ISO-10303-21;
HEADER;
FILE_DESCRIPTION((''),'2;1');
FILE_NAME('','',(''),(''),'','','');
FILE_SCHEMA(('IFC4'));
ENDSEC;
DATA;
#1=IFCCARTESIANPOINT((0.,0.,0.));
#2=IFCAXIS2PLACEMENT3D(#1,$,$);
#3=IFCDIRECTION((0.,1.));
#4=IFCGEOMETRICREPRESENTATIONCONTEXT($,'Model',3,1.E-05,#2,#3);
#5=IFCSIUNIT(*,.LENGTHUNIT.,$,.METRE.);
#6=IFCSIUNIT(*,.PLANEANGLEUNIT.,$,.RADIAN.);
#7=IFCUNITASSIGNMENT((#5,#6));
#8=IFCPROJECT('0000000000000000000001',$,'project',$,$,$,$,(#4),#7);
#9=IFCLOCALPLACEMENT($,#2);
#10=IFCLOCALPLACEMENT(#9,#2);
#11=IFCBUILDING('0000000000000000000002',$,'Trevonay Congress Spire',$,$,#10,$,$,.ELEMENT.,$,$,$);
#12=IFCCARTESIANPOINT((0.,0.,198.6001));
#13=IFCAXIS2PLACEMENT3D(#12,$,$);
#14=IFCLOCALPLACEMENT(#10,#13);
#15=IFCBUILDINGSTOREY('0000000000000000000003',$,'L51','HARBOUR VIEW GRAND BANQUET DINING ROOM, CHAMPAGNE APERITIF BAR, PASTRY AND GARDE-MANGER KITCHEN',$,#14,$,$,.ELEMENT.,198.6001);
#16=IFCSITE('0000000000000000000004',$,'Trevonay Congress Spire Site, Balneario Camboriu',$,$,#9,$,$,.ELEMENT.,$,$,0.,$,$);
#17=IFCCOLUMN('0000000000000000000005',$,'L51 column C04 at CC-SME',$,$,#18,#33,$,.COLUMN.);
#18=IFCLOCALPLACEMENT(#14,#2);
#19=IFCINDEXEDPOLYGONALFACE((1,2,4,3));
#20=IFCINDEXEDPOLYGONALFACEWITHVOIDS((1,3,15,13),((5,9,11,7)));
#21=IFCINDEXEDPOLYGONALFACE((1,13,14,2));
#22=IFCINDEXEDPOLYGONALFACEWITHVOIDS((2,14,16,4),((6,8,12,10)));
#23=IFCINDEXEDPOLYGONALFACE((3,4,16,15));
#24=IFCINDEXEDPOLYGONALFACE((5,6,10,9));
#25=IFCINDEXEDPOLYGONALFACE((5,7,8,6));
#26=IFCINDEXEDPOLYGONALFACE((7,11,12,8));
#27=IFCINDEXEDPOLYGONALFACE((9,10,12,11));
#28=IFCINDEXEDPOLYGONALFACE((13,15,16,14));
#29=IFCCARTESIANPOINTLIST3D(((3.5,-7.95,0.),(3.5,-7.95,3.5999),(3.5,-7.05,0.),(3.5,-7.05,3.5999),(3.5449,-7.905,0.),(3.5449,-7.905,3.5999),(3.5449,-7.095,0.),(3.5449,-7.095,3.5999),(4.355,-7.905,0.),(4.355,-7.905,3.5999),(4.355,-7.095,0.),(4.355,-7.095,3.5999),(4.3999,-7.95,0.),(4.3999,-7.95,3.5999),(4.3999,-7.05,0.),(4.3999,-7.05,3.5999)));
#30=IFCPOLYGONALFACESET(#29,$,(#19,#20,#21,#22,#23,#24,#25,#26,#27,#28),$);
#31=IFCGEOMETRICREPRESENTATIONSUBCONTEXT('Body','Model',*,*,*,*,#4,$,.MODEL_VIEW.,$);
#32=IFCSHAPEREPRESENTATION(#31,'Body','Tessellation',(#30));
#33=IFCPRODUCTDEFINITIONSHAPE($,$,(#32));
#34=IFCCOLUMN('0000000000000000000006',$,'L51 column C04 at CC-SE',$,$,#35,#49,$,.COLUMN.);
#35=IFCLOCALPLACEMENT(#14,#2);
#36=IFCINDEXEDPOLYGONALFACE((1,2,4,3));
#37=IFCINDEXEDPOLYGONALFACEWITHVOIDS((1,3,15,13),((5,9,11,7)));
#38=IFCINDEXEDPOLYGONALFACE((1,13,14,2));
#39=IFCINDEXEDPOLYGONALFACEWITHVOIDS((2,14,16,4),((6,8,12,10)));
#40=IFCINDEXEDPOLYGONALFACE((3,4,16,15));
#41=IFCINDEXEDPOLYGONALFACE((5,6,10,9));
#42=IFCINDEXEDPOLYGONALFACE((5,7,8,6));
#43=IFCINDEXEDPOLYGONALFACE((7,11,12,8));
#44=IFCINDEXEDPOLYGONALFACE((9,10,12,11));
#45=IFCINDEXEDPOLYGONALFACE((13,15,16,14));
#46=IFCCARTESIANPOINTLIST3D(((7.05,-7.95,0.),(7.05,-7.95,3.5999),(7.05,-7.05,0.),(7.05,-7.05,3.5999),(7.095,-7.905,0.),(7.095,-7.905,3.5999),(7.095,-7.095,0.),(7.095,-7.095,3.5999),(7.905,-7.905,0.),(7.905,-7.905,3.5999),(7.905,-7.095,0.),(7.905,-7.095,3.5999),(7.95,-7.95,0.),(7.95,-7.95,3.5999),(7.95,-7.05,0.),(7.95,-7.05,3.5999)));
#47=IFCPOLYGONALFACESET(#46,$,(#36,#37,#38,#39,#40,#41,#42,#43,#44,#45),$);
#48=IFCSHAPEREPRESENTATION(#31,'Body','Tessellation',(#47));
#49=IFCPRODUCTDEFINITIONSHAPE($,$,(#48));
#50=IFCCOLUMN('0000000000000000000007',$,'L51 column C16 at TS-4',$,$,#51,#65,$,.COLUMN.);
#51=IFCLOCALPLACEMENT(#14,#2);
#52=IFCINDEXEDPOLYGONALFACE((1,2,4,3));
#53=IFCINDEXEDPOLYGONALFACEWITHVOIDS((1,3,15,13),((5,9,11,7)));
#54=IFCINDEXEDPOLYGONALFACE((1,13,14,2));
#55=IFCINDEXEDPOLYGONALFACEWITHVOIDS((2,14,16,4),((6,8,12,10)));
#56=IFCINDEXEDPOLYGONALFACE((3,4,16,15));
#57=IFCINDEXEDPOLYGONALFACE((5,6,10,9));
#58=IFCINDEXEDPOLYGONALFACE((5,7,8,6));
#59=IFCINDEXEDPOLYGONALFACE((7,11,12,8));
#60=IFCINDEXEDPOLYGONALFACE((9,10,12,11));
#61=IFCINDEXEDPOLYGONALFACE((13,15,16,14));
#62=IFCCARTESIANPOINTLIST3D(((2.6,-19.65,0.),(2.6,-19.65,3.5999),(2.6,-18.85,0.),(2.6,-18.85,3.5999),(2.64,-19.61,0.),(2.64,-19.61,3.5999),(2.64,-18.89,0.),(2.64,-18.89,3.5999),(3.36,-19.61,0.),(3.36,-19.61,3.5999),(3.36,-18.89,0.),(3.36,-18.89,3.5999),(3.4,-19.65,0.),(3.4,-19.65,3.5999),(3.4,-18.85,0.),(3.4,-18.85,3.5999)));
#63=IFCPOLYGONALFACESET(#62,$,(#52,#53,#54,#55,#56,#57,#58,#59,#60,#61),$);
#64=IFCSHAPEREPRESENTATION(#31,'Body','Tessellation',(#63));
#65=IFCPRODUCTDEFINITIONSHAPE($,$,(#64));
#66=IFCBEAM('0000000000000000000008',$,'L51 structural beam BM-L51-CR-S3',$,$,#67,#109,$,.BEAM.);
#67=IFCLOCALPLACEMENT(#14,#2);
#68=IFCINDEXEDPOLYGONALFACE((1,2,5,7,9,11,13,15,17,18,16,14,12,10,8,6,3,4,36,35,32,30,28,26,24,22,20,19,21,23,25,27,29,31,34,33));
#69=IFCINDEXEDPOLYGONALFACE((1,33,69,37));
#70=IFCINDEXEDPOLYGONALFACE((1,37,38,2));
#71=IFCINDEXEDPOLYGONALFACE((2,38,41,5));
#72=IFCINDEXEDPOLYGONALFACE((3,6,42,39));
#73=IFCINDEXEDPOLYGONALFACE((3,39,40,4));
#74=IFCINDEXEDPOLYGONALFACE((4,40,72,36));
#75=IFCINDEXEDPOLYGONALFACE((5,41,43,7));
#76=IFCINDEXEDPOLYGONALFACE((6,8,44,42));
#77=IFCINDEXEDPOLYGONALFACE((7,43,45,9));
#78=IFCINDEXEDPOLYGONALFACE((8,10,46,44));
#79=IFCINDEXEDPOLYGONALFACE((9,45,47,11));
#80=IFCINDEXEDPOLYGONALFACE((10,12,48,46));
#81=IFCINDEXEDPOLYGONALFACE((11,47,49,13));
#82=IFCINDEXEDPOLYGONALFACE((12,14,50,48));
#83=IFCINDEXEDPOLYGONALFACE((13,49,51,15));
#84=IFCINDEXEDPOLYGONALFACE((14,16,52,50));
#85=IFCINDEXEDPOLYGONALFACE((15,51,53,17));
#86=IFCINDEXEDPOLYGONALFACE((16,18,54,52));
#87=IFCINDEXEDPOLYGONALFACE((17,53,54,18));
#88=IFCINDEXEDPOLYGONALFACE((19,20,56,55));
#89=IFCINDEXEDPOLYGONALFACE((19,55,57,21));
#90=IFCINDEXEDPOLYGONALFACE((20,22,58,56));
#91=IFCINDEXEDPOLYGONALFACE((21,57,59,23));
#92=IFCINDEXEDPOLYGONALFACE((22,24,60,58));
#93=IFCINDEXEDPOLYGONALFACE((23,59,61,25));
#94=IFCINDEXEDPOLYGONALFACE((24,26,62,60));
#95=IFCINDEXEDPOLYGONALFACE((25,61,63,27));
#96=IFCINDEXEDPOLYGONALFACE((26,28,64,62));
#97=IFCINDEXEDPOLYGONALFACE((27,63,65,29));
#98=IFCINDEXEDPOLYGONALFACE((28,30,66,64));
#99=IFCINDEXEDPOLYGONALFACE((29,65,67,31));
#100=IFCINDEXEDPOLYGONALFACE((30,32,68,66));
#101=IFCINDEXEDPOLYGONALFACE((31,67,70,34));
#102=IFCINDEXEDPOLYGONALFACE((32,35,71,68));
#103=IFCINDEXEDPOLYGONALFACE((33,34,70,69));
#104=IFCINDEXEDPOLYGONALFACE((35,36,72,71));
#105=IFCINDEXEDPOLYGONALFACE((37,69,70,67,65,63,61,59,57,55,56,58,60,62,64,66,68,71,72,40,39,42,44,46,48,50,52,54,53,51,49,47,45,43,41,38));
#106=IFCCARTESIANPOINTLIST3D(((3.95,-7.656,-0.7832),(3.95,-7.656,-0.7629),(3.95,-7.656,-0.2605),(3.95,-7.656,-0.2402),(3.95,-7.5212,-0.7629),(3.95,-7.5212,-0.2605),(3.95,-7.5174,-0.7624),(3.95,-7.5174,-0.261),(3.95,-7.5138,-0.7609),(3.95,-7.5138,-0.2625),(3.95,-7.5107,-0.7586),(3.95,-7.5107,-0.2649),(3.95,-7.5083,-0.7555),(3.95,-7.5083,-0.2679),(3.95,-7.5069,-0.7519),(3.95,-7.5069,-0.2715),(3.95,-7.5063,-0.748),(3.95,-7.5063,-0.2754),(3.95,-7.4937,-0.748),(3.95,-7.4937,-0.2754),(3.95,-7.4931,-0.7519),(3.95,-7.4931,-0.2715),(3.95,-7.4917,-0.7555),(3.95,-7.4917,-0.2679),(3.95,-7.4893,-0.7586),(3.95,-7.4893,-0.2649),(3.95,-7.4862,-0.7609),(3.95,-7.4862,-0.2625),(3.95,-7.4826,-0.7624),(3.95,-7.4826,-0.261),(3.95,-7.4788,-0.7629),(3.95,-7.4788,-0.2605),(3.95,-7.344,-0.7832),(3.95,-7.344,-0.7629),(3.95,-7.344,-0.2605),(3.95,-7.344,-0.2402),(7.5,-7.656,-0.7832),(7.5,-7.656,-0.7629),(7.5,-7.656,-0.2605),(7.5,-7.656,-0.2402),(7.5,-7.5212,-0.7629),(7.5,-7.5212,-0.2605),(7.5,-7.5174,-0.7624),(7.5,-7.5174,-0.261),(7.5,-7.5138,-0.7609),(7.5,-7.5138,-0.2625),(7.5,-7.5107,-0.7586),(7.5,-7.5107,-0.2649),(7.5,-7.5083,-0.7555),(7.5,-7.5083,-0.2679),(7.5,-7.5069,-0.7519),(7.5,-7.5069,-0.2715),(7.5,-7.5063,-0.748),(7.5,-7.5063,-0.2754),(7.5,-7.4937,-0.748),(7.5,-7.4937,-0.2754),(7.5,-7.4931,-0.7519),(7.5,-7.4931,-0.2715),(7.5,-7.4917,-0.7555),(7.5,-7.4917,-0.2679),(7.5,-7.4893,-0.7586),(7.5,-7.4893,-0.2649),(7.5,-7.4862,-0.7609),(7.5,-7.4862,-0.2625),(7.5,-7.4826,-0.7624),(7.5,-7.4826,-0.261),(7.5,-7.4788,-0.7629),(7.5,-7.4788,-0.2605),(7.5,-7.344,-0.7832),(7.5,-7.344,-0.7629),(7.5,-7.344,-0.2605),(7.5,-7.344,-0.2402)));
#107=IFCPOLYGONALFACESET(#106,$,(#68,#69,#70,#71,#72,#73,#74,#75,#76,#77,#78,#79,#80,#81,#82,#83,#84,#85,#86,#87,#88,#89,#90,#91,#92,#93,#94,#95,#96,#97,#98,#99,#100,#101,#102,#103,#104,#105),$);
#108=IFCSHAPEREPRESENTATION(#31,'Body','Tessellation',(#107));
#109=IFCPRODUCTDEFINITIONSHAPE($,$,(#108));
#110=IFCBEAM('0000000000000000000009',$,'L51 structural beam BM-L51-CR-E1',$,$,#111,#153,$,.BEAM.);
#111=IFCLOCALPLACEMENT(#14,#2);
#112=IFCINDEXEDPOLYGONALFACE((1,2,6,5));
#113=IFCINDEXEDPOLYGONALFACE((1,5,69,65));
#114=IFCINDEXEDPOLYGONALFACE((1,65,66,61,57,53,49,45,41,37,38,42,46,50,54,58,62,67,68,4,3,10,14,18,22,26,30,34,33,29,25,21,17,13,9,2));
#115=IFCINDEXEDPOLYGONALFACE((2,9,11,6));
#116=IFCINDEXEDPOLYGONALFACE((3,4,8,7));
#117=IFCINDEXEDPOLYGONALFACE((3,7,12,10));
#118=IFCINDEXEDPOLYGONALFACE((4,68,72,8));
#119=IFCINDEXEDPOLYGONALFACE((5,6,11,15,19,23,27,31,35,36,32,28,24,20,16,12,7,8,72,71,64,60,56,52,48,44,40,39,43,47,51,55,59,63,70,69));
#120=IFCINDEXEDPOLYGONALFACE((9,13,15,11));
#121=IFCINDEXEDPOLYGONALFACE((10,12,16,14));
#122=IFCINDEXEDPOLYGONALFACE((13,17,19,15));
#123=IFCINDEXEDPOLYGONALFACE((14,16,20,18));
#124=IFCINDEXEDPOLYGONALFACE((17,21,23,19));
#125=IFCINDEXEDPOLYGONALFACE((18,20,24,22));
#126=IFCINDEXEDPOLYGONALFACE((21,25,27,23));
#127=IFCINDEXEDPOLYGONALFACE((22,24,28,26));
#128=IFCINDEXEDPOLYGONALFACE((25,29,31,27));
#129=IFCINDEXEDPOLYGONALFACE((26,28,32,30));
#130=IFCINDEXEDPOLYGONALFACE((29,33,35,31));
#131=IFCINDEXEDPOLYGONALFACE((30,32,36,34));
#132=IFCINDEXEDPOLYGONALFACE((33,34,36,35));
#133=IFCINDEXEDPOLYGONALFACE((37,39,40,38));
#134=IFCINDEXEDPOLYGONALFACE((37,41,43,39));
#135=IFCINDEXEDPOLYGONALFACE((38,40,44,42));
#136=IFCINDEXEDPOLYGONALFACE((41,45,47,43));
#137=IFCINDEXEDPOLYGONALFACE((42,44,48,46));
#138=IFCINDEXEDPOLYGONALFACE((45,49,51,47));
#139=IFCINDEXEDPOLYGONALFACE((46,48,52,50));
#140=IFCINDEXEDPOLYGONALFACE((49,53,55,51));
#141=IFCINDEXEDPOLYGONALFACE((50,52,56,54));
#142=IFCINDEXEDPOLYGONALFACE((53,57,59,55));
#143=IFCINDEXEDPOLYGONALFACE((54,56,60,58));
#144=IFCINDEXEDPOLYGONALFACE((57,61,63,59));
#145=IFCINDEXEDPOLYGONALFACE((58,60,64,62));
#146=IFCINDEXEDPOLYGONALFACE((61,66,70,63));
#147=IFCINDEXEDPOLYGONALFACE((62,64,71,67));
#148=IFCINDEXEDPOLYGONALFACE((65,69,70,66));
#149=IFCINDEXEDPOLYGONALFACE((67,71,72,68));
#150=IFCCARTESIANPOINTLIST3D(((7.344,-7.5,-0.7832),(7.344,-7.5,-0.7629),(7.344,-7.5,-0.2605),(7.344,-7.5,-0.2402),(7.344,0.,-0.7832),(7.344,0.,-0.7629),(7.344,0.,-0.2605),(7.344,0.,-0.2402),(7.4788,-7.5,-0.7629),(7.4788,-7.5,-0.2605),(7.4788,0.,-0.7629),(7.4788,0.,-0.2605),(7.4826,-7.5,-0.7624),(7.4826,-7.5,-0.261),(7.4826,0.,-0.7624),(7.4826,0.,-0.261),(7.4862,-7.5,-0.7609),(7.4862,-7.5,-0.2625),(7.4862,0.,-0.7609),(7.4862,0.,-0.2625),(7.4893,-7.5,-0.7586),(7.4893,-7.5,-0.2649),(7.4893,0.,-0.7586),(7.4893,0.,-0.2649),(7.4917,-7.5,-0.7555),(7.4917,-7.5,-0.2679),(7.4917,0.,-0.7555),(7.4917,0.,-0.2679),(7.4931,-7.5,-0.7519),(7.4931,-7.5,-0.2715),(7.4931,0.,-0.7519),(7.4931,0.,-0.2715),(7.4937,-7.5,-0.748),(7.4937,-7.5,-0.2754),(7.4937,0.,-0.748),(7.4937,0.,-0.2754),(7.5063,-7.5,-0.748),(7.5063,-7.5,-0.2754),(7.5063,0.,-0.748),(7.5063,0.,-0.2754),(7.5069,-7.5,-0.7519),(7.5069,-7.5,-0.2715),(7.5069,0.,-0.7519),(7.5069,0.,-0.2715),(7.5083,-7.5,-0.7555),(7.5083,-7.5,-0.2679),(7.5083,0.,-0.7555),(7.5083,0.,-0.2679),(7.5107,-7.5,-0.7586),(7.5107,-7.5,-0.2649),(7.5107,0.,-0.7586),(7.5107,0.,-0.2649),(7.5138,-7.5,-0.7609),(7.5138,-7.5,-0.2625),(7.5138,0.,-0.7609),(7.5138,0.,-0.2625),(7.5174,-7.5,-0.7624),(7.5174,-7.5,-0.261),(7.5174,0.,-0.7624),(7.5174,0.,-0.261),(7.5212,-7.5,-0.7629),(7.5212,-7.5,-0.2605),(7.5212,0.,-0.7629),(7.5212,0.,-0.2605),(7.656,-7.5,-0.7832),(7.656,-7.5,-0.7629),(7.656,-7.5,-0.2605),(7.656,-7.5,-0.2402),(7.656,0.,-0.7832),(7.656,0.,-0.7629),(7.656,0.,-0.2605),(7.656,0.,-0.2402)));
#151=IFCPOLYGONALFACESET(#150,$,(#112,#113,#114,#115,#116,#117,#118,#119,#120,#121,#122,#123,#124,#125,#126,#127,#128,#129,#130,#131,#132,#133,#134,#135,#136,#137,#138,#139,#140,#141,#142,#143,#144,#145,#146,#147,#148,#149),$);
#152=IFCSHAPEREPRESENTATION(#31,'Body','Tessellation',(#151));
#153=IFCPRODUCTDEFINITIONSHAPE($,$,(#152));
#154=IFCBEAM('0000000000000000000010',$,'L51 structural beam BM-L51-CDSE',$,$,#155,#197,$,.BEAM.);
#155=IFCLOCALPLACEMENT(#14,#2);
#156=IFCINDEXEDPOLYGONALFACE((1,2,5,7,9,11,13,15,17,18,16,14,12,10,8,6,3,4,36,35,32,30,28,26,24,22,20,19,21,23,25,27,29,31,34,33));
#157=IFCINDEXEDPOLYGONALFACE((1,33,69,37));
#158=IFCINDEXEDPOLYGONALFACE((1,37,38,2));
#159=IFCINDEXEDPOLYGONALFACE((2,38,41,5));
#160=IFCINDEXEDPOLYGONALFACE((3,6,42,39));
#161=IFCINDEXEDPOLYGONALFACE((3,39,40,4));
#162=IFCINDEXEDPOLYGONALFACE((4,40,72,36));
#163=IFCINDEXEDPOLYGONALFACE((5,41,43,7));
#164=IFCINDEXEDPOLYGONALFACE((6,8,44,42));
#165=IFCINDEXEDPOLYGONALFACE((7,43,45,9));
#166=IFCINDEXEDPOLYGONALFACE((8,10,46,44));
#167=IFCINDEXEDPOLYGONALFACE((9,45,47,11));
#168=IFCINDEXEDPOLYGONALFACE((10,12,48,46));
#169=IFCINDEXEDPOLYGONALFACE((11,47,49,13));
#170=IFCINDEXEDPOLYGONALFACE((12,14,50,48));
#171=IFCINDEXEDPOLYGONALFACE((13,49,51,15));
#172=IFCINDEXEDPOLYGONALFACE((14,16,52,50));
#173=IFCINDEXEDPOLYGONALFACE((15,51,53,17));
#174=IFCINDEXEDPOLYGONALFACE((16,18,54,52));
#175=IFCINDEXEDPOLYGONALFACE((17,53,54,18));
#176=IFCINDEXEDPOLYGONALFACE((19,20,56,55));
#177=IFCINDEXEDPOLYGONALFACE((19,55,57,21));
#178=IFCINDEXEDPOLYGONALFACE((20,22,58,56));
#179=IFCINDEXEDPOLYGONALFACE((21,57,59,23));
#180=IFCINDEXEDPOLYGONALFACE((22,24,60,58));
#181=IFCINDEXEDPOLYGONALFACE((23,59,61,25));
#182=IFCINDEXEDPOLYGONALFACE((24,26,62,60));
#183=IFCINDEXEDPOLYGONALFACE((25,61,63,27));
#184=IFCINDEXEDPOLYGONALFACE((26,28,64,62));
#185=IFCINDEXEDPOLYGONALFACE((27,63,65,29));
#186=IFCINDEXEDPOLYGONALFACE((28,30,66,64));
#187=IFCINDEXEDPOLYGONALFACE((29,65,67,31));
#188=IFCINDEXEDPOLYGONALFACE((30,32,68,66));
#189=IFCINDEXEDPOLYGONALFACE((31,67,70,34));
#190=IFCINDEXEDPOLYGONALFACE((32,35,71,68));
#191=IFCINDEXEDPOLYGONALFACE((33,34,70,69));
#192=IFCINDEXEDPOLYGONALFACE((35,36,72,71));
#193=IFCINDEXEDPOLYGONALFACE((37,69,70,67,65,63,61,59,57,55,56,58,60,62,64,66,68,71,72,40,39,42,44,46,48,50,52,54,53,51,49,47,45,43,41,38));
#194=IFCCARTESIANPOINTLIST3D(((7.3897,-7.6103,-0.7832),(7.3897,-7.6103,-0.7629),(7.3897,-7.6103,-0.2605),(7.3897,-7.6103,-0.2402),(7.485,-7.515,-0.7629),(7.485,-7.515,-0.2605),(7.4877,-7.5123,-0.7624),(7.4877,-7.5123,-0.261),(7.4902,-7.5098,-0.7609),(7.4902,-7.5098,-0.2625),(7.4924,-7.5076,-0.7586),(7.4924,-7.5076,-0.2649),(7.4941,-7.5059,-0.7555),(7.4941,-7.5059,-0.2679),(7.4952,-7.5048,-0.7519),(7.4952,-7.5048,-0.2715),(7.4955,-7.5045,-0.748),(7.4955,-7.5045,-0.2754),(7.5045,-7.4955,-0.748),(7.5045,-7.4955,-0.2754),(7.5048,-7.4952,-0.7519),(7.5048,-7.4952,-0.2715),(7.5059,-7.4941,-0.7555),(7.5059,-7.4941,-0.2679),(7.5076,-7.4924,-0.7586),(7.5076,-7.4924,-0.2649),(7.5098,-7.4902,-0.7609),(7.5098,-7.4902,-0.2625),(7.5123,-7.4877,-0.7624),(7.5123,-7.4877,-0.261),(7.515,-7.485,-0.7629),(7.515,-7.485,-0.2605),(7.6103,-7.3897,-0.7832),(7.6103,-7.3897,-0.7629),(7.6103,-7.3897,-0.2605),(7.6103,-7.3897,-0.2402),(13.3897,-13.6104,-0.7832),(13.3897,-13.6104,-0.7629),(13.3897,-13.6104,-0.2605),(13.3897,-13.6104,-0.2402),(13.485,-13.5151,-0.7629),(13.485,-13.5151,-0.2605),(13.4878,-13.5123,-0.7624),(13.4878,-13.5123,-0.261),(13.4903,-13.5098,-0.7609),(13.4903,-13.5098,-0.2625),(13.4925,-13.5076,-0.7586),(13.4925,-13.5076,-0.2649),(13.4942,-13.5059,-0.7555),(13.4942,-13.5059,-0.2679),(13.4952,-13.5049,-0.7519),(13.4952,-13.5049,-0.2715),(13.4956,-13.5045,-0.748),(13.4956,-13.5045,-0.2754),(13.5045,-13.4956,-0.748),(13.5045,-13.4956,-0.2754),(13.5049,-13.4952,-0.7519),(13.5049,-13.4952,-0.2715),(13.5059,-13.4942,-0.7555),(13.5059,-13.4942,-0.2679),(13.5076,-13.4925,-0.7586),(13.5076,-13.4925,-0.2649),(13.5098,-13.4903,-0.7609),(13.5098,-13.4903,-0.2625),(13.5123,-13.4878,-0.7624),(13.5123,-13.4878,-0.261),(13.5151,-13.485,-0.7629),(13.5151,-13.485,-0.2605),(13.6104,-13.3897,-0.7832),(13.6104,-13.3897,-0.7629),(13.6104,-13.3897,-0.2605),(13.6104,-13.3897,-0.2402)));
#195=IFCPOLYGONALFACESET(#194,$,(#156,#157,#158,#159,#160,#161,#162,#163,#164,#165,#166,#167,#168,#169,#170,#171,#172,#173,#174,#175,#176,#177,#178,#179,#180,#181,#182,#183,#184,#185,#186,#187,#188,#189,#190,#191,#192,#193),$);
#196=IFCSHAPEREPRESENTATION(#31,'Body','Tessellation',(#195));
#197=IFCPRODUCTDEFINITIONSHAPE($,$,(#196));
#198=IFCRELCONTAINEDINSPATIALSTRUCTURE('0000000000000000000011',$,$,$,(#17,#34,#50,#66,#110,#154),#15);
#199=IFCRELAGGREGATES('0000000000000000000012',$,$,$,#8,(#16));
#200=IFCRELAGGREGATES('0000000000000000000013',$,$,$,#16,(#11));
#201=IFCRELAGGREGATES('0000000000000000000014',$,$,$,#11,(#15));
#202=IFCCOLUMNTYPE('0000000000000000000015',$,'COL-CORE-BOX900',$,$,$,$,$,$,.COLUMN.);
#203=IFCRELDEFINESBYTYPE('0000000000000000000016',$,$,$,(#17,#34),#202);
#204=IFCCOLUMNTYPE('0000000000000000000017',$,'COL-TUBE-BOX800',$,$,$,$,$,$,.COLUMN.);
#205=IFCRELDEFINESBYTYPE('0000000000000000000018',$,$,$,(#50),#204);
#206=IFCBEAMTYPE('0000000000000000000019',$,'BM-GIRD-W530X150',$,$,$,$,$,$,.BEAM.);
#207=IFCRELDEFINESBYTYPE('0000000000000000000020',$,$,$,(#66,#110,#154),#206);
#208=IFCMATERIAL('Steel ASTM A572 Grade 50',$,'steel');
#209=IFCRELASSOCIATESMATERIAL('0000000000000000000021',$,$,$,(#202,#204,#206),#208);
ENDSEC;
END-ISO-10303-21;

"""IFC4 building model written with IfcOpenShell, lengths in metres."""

from ifc_helpers import new_model, si_unit, direction, frame, origin, origin_2d, place, context, subcontext, project, spatial, hollow_rectangle, i_section, extrude, material, material_profile, profile_set, type_object, element, save


model = new_model("IFC4")

# Units and contexts
model_context = context("Model", 3, precision=1e-05, world=origin(), true_north=direction((0.0, 1.0)))
body_context = subcontext(model_context, "Body", "Model", "MODEL_VIEW")
ifc_project = project(units=[si_unit("LENGTHUNIT", "METRE"), si_unit("PLANEANGLEUNIT", "RADIAN")], contexts=[model_context])

# Site, building, storey
site_placement = place(None, origin())
site = spatial("IfcSite", under=ifc_project, at=site_placement, Name="Trevonay Congress Spire Site, Balneario Camboriu", CompositionType="ELEMENT", RefElevation=0.0)
building_placement = place(site_placement, origin())
building = spatial("IfcBuilding", under=site, at=building_placement, Name="Trevonay Congress Spire", CompositionType="ELEMENT")
storey_placement = place(building_placement, frame((0.0, 0.0, 198.6001)))
storey = spatial("IfcBuildingStorey", under=building, at=storey_placement, Name="L51", Description="HARBOUR VIEW GRAND BANQUET DINING ROOM, CHAMPAGNE APERITIF BAR, PASTRY AND GARDE-MANGER KITCHEN", CompositionType="ELEMENT", Elevation=198.6001)

# Columns
ifc_material_1 = material(Name="Steel ASTM A572 Grade 50", Category="steel")
ifc_material_profile_1 = material_profile(ifc_material_1, hollow_rectangle(XDim=0.8999, YDim=0.8999, WallThickness=0.0449, at=origin_2d()), Name="BOX 900x900x45")
ifc_profile_set_1 = profile_set([ifc_material_profile_1], Name="Steel ASTM A572 Grade 50")
column_type_1 = type_object("IfcColumnType", Name="COL-CORE-BOX900", PredefinedType="COLUMN", material=ifc_profile_set_1)
for number, where, z_axis, x_axis, name in (
    (1, (3.95, -7.5, 0.0), (0.0, 0.0, 1.0), (1.0, 0.0, 0.0), "L51 column C04 at CC-SME"),
    (2, (7.5, -7.5, 0.0), (0.0, 0.0, 1.0), (1.0, 0.0, 0.0), "L51 column C04 at CC-SE"),
):
    element("IfcColumn", number, at=place(storey_placement, frame(where, z_axis=z_axis, x_axis=x_axis)), inside=storey, type_object=column_type_1, Name=name, PredefinedType="COLUMN", context=body_context, shape_type="SweptSolid", body=[
        extrude(hollow_rectangle(XDim=0.8999, YDim=0.8999, WallThickness=0.0449, at=origin_2d()), origin(), (0.0, 0.0, 1.0), 3.5999),
    ])
ifc_material_profile_2 = material_profile(ifc_material_1, hollow_rectangle(XDim=0.8, YDim=0.8, WallThickness=0.04, at=origin_2d()), Name="BOX 800x800x40")
ifc_profile_set_2 = profile_set([ifc_material_profile_2], Name="Steel ASTM A572 Grade 50")
column_type_2 = type_object("IfcColumnType", Name="COL-TUBE-BOX800", PredefinedType="COLUMN", material=ifc_profile_set_2)
column_placement = place(storey_placement, frame((3.0, -19.25, 0.0), z_axis=(0.0, 0.0, 1.0), x_axis=(1.0, 0.0, 0.0)))
element("IfcColumn", 3, at=column_placement, inside=storey, type_object=column_type_2, Name="L51 column C16 at TS-4", PredefinedType="COLUMN", context=body_context, shape_type="SweptSolid", body=[
    extrude(hollow_rectangle(XDim=0.8, YDim=0.8, WallThickness=0.04, at=origin_2d()), origin(), (0.0, 0.0, 1.0), 3.5999),
])

# Beams
ifc_material_profile_3 = material_profile(ifc_material_1, i_section(OverallWidth=0.312, OverallDepth=0.543, WebThickness=0.0127, FlangeThickness=0.0203, FilletRadius=0.0149, at=origin_2d()), Name="W530x150")
ifc_profile_set_3 = profile_set([ifc_material_profile_3], Name="Steel ASTM A572 Grade 50")
beam_type_1 = type_object("IfcBeamType", Name="BM-GIRD-W530X150", PredefinedType="BEAM", material=ifc_profile_set_3)
beam_1_placement = place(storey_placement, frame((3.95, -7.5, -0.5117), z_axis=(1.0, 0.0, 0.0), x_axis=(0.0, 1.0, 0.0)))
element("IfcBeam", 4, at=beam_1_placement, inside=storey, type_object=beam_type_1, Name="L51 structural beam BM-L51-CR-S3", PredefinedType="BEAM", context=body_context, shape_type="SweptSolid", body=[
    extrude(i_section(OverallWidth=0.312, OverallDepth=0.543, WebThickness=0.0127, FlangeThickness=0.0203, FilletRadius=0.0149, at=origin_2d()), origin(), (0.0, 0.0, 1.0), 3.55),
])
beam_2_placement = place(storey_placement, frame((7.5, -7.5, -0.5117), z_axis=(0.0, 1.0, 0.0), x_axis=(-1.0, 0.0, 0.0)))
element("IfcBeam", 5, at=beam_2_placement, inside=storey, type_object=beam_type_1, Name="L51 structural beam BM-L51-CR-E1", PredefinedType="BEAM", context=body_context, shape_type="SweptSolid", body=[
    extrude(i_section(OverallWidth=0.312, OverallDepth=0.543, WebThickness=0.0127, FlangeThickness=0.0203, FilletRadius=0.0149, at=origin_2d()), origin(), (0.0, 0.0, 1.0), 7.5),
])
beam_3_placement = place(storey_placement, frame((7.5, -7.5, -0.5117), z_axis=(0.707107, -0.707107, 0.0), x_axis=(0.707107, 0.707107, 0.0)))
element("IfcBeam", 6, at=beam_3_placement, inside=storey, type_object=beam_type_1, Name="L51 structural beam BM-L51-CDSE", PredefinedType="BEAM", context=body_context, shape_type="SweptSolid", body=[
    extrude(i_section(OverallWidth=0.312, OverallDepth=0.543, WebThickness=0.0127, FlangeThickness=0.0203, FilletRadius=0.0149, at=origin_2d()), origin(), (0.0, 0.0, 1.0), 8.4854),
])

save(model, "model.ifc")
